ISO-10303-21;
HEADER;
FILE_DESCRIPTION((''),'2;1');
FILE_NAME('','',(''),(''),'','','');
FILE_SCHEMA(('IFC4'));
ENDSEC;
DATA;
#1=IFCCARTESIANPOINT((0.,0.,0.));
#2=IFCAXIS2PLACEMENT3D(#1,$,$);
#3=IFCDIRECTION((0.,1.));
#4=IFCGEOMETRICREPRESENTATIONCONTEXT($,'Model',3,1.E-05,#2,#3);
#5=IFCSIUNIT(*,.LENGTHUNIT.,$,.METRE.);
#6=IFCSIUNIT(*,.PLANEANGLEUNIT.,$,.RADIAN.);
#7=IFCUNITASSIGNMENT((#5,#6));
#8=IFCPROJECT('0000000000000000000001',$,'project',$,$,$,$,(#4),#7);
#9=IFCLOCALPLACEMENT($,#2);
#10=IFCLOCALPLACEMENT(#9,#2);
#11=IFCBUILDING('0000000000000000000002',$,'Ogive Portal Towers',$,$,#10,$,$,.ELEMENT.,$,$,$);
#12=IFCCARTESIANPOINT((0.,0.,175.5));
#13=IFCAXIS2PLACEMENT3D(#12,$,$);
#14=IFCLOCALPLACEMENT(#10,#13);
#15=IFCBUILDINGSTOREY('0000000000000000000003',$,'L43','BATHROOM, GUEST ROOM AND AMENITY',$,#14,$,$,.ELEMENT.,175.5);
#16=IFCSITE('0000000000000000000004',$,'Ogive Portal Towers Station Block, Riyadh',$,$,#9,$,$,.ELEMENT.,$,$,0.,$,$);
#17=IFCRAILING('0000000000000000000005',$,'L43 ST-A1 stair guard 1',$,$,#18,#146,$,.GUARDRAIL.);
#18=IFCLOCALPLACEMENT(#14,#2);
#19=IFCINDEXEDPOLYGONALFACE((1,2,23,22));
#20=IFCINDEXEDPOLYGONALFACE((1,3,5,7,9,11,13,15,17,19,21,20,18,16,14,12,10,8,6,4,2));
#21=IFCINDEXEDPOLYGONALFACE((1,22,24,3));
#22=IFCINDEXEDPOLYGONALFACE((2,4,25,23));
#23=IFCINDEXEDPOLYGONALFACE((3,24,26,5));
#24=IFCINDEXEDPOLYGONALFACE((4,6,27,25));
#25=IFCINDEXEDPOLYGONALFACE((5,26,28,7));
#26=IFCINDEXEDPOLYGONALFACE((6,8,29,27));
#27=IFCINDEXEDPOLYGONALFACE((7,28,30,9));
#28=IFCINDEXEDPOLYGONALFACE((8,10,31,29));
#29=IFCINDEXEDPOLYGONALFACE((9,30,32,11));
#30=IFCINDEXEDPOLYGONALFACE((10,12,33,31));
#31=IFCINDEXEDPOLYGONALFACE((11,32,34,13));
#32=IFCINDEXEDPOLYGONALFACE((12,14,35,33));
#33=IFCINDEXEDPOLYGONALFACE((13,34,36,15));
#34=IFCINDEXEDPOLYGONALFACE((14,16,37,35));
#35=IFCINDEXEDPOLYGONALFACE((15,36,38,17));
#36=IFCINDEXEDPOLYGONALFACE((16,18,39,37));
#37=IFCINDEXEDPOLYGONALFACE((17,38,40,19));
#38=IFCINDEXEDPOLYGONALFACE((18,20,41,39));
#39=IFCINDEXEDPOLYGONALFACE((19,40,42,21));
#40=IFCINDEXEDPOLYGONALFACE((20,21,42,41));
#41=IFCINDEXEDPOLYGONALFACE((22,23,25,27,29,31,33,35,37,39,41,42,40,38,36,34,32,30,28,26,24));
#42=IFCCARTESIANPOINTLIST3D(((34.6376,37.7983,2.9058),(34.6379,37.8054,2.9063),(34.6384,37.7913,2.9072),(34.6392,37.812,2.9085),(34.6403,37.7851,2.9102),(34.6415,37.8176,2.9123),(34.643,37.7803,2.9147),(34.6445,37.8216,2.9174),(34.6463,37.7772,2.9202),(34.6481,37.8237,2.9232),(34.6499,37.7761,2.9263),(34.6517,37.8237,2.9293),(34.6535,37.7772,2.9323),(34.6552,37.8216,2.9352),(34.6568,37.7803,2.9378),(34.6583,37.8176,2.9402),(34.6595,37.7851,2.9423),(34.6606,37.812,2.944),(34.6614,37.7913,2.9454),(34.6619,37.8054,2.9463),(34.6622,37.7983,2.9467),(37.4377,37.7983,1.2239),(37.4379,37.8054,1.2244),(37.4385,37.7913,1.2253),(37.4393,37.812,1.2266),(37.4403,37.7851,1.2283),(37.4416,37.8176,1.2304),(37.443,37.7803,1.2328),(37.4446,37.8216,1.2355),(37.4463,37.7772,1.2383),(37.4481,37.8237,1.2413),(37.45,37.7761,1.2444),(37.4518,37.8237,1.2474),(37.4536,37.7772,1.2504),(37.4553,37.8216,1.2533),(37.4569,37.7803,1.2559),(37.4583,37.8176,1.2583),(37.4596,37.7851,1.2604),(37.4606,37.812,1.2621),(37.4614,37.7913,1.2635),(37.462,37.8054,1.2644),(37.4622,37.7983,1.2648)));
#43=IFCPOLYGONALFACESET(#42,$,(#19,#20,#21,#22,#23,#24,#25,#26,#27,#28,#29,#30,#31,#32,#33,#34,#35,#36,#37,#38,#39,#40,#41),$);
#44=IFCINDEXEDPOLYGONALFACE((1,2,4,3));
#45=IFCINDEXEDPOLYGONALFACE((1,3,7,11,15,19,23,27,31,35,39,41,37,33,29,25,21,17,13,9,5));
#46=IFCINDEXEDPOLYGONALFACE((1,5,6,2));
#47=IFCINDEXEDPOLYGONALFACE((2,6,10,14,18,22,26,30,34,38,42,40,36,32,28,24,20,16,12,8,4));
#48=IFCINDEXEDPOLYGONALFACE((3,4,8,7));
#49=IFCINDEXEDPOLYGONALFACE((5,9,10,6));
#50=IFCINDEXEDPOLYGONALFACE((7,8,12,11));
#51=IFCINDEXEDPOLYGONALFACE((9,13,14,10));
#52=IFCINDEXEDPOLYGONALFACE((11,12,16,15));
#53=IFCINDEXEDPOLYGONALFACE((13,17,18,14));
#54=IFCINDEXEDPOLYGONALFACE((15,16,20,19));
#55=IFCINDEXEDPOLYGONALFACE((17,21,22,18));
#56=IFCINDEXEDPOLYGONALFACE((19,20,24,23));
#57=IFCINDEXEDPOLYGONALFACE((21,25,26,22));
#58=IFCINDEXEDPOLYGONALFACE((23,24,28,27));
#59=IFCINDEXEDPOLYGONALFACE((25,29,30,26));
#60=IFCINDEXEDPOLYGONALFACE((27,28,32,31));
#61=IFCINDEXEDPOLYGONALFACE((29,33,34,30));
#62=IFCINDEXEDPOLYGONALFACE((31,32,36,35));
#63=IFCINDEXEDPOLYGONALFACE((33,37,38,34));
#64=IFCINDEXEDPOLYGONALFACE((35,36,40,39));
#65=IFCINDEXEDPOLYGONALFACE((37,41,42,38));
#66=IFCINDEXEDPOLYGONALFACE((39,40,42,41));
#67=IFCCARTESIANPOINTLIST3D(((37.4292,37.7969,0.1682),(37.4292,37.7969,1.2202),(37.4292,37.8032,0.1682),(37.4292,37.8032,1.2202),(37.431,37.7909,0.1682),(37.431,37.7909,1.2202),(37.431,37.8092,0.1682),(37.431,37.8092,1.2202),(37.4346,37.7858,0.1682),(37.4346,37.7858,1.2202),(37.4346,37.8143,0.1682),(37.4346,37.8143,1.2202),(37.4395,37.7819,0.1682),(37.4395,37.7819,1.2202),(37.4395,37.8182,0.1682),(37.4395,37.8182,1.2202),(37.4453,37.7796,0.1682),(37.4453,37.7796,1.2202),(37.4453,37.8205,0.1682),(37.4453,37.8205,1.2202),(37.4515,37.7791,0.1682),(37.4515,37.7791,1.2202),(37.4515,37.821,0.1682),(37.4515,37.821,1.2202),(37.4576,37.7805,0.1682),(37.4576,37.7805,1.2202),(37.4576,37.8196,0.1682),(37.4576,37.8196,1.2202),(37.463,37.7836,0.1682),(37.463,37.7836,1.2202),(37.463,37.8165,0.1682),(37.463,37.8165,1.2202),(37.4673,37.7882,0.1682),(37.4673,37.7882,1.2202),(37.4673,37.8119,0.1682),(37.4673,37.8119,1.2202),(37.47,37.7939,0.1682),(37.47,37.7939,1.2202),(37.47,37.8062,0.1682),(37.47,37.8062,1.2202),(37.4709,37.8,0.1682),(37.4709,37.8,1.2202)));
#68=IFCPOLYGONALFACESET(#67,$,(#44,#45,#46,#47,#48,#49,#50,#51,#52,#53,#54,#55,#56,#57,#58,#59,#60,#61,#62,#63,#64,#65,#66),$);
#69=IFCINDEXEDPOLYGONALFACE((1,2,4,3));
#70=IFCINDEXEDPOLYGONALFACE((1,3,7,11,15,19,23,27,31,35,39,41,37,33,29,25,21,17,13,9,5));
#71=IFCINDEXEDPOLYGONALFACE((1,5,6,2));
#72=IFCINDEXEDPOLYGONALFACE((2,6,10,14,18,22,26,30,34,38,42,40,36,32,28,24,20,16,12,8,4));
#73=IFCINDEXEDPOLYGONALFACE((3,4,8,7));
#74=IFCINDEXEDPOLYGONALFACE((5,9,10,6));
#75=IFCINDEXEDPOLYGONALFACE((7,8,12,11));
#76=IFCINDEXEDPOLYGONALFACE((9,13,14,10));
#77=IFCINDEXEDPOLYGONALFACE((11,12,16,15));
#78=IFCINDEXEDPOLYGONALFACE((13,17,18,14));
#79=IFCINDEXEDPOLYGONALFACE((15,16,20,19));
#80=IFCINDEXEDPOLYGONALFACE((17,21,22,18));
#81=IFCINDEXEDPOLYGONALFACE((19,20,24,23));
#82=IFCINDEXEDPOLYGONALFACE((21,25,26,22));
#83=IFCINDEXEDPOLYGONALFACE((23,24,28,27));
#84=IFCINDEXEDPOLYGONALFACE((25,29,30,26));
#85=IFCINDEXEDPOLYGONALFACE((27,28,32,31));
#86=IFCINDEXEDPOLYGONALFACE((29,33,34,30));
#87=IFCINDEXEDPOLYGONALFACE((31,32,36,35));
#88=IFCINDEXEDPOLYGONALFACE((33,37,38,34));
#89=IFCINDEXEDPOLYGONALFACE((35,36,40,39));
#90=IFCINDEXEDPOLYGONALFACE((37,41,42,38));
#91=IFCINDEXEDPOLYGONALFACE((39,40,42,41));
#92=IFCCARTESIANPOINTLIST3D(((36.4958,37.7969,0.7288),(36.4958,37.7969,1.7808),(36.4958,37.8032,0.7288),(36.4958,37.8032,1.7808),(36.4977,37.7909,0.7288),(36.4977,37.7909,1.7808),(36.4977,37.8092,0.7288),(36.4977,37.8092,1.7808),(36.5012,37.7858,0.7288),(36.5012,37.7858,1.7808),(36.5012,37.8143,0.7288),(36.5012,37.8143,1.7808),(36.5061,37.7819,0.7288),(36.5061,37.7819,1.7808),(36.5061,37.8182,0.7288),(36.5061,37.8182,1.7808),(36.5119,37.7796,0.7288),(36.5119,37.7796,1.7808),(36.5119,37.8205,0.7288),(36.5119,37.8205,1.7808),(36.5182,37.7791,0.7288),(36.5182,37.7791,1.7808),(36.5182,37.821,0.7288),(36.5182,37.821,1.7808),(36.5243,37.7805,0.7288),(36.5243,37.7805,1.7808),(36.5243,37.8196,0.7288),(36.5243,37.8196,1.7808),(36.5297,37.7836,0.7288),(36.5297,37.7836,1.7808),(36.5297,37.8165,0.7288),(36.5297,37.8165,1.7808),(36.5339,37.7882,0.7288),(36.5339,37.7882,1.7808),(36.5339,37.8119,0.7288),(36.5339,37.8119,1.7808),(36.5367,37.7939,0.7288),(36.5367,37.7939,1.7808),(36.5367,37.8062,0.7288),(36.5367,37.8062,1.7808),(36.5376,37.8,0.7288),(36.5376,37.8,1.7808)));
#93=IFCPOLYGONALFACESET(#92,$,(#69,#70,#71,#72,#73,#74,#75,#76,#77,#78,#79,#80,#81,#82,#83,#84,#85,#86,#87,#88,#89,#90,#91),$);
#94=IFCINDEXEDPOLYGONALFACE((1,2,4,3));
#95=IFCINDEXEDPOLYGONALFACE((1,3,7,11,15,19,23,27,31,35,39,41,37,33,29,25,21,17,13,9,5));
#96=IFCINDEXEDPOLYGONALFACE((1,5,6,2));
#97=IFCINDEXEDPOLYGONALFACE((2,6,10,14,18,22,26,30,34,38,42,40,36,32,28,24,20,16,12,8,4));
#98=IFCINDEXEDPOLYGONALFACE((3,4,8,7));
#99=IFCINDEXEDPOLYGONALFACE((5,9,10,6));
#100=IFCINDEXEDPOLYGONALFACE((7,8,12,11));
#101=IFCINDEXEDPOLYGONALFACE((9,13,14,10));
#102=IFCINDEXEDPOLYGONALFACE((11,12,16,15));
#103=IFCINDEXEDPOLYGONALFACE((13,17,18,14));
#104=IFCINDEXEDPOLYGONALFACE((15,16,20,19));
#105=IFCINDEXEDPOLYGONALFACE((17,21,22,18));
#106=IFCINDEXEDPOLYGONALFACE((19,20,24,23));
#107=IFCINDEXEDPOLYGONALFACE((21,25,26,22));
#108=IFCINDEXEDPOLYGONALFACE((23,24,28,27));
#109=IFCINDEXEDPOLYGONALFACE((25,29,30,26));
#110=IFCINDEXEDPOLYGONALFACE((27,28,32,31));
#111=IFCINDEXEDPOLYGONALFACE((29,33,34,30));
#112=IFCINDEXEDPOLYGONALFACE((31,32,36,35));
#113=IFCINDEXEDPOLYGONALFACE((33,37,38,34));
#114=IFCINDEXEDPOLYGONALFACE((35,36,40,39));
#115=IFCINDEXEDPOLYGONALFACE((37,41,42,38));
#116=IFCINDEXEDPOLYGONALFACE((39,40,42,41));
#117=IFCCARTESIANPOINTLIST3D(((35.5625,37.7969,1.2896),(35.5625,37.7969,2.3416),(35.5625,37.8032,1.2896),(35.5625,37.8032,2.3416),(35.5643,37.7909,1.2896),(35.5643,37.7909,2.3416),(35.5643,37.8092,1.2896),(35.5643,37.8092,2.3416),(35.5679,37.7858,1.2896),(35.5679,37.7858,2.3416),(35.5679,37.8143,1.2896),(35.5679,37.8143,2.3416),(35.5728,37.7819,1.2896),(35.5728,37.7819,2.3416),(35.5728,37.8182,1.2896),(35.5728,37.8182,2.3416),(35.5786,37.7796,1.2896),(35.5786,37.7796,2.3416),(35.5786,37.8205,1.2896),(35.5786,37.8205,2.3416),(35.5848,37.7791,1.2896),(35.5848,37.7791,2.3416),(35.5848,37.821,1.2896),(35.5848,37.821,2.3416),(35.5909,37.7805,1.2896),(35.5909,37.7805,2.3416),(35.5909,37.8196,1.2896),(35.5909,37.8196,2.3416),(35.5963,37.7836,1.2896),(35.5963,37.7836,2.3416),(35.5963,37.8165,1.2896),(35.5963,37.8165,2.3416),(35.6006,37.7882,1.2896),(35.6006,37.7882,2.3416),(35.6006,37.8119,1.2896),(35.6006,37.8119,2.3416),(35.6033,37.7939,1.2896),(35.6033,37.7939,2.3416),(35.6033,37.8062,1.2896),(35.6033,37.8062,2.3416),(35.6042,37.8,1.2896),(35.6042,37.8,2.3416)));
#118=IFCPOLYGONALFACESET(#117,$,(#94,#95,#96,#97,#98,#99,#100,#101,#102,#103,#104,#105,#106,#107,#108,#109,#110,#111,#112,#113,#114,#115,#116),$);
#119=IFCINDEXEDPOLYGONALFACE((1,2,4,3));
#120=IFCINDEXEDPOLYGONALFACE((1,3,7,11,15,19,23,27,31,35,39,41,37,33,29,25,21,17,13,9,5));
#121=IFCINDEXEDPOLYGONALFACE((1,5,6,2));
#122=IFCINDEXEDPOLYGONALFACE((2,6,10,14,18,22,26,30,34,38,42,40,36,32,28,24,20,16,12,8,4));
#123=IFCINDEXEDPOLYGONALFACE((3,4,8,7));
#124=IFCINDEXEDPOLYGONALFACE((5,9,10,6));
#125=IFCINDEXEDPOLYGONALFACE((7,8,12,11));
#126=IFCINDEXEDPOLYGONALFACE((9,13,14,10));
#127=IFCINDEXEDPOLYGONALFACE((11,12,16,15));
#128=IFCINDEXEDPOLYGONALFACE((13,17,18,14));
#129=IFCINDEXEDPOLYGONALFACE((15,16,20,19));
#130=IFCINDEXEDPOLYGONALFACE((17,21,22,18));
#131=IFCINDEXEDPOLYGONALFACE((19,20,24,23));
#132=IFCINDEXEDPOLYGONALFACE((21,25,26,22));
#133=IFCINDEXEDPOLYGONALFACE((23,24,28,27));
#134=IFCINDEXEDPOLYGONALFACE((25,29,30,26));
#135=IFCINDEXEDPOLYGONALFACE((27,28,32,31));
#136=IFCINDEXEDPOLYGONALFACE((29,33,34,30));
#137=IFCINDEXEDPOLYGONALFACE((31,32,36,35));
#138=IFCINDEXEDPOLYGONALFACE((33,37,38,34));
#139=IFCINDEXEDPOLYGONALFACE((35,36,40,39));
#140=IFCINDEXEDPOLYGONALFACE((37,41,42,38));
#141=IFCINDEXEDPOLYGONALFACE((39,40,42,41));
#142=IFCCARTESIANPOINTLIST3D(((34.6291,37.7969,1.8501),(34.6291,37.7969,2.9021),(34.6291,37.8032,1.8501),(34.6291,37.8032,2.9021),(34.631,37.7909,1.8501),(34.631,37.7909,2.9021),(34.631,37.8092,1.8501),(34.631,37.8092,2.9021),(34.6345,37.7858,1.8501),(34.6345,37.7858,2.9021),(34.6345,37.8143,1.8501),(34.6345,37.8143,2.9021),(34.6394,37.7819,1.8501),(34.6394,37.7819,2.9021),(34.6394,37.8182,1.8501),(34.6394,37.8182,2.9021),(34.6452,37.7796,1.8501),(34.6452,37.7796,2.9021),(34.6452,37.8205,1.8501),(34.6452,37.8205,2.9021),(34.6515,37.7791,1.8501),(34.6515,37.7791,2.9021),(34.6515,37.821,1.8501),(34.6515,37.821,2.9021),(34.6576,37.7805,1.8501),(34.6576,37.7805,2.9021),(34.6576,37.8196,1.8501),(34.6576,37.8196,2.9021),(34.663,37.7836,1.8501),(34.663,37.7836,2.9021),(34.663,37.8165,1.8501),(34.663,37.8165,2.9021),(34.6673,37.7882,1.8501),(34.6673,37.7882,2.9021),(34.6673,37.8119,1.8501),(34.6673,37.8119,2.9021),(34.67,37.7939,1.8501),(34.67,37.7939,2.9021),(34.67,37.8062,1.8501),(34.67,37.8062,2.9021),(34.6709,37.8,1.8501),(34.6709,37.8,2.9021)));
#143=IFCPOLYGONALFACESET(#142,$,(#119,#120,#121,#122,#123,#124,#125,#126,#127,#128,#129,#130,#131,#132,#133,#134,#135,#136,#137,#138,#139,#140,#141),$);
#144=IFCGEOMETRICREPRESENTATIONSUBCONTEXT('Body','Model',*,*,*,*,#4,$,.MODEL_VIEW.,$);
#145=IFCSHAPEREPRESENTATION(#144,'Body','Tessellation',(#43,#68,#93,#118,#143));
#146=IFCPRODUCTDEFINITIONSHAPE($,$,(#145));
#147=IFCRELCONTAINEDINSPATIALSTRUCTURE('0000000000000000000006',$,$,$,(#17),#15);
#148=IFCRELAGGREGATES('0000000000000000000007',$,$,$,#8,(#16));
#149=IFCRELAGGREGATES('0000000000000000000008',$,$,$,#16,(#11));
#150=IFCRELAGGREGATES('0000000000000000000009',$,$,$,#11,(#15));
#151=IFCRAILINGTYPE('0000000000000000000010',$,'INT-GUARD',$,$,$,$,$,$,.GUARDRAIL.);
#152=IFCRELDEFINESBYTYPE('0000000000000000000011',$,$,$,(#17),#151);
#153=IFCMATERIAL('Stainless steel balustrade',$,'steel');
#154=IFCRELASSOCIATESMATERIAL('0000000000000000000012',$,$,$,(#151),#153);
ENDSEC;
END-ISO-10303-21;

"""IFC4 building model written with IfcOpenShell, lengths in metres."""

from ifc_helpers import new_model, si_unit, direction, frame, origin, origin_2d, place, context, subcontext, project, spatial, circle, extrude, material, type_object, element, save


model = new_model("IFC4")

# Units and contexts
model_context = context("Model", 3, precision=1e-05, world=origin(), true_north=direction((0.0, 1.0)))
body_context = subcontext(model_context, "Body", "Model", "MODEL_VIEW")
ifc_project = project(units=[si_unit("LENGTHUNIT", "METRE"), si_unit("PLANEANGLEUNIT", "RADIAN")], contexts=[model_context])

# Site, building, storey
site_placement = place(None, origin())
site = spatial("IfcSite", under=ifc_project, at=site_placement, Name="Ogive Portal Towers Station Block, Riyadh", CompositionType="ELEMENT", RefElevation=0.0)
building_placement = place(site_placement, origin())
building = spatial("IfcBuilding", under=site, at=building_placement, Name="Ogive Portal Towers", CompositionType="ELEMENT")
storey_placement = place(building_placement, frame((0.0, 0.0, 175.5)))
storey = spatial("IfcBuildingStorey", under=building, at=storey_placement, Name="L43", Description="BATHROOM, GUEST ROOM AND AMENITY", CompositionType="ELEMENT", Elevation=175.5)

# Railing
ifc_material_1 = material(Name="Stainless steel balustrade", Category="steel")
railing_type_1 = type_object("IfcRailingType", Name="INT-GUARD", PredefinedType="GUARDRAIL", material=ifc_material_1)
railing_1_placement = place(storey_placement, frame((37.45, 37.8, 0.1682)))
element("IfcRailing", 1, at=railing_1_placement, inside=storey, type_object=railing_type_1, Name="L43 ST-A1 stair guard 1", PredefinedType="GUARDRAIL", context=body_context, shape_type="SweptSolid", body=[
    extrude(circle(Radius=0.0239, at=origin_2d()), frame((0.0, 0.0, 1.0762), z_axis=(-0.857242, 0.0, 0.514913), x_axis=(0.0, -1.0, 0.0)), (0.0, 0.0, 1.0), 3.2664),
    extrude(circle(Radius=0.021, at=origin_2d()), origin(), (0.0, 0.0, 1.0), 1.052),
    extrude(circle(Radius=0.021, at=origin_2d()), frame((-0.9333, 0.0, 0.5605)), (0.0, 0.0, 1.0), 1.052),
    extrude(circle(Radius=0.021, at=origin_2d()), frame((-1.8667, 0.0, 1.1213)), (0.0, 0.0, 1.0), 1.052),
    extrude(circle(Radius=0.021, at=origin_2d()), frame((-2.8, 0.0, 1.6819)), (0.0, 0.0, 1.0), 1.052),
])

save(model, "model.ifc")
